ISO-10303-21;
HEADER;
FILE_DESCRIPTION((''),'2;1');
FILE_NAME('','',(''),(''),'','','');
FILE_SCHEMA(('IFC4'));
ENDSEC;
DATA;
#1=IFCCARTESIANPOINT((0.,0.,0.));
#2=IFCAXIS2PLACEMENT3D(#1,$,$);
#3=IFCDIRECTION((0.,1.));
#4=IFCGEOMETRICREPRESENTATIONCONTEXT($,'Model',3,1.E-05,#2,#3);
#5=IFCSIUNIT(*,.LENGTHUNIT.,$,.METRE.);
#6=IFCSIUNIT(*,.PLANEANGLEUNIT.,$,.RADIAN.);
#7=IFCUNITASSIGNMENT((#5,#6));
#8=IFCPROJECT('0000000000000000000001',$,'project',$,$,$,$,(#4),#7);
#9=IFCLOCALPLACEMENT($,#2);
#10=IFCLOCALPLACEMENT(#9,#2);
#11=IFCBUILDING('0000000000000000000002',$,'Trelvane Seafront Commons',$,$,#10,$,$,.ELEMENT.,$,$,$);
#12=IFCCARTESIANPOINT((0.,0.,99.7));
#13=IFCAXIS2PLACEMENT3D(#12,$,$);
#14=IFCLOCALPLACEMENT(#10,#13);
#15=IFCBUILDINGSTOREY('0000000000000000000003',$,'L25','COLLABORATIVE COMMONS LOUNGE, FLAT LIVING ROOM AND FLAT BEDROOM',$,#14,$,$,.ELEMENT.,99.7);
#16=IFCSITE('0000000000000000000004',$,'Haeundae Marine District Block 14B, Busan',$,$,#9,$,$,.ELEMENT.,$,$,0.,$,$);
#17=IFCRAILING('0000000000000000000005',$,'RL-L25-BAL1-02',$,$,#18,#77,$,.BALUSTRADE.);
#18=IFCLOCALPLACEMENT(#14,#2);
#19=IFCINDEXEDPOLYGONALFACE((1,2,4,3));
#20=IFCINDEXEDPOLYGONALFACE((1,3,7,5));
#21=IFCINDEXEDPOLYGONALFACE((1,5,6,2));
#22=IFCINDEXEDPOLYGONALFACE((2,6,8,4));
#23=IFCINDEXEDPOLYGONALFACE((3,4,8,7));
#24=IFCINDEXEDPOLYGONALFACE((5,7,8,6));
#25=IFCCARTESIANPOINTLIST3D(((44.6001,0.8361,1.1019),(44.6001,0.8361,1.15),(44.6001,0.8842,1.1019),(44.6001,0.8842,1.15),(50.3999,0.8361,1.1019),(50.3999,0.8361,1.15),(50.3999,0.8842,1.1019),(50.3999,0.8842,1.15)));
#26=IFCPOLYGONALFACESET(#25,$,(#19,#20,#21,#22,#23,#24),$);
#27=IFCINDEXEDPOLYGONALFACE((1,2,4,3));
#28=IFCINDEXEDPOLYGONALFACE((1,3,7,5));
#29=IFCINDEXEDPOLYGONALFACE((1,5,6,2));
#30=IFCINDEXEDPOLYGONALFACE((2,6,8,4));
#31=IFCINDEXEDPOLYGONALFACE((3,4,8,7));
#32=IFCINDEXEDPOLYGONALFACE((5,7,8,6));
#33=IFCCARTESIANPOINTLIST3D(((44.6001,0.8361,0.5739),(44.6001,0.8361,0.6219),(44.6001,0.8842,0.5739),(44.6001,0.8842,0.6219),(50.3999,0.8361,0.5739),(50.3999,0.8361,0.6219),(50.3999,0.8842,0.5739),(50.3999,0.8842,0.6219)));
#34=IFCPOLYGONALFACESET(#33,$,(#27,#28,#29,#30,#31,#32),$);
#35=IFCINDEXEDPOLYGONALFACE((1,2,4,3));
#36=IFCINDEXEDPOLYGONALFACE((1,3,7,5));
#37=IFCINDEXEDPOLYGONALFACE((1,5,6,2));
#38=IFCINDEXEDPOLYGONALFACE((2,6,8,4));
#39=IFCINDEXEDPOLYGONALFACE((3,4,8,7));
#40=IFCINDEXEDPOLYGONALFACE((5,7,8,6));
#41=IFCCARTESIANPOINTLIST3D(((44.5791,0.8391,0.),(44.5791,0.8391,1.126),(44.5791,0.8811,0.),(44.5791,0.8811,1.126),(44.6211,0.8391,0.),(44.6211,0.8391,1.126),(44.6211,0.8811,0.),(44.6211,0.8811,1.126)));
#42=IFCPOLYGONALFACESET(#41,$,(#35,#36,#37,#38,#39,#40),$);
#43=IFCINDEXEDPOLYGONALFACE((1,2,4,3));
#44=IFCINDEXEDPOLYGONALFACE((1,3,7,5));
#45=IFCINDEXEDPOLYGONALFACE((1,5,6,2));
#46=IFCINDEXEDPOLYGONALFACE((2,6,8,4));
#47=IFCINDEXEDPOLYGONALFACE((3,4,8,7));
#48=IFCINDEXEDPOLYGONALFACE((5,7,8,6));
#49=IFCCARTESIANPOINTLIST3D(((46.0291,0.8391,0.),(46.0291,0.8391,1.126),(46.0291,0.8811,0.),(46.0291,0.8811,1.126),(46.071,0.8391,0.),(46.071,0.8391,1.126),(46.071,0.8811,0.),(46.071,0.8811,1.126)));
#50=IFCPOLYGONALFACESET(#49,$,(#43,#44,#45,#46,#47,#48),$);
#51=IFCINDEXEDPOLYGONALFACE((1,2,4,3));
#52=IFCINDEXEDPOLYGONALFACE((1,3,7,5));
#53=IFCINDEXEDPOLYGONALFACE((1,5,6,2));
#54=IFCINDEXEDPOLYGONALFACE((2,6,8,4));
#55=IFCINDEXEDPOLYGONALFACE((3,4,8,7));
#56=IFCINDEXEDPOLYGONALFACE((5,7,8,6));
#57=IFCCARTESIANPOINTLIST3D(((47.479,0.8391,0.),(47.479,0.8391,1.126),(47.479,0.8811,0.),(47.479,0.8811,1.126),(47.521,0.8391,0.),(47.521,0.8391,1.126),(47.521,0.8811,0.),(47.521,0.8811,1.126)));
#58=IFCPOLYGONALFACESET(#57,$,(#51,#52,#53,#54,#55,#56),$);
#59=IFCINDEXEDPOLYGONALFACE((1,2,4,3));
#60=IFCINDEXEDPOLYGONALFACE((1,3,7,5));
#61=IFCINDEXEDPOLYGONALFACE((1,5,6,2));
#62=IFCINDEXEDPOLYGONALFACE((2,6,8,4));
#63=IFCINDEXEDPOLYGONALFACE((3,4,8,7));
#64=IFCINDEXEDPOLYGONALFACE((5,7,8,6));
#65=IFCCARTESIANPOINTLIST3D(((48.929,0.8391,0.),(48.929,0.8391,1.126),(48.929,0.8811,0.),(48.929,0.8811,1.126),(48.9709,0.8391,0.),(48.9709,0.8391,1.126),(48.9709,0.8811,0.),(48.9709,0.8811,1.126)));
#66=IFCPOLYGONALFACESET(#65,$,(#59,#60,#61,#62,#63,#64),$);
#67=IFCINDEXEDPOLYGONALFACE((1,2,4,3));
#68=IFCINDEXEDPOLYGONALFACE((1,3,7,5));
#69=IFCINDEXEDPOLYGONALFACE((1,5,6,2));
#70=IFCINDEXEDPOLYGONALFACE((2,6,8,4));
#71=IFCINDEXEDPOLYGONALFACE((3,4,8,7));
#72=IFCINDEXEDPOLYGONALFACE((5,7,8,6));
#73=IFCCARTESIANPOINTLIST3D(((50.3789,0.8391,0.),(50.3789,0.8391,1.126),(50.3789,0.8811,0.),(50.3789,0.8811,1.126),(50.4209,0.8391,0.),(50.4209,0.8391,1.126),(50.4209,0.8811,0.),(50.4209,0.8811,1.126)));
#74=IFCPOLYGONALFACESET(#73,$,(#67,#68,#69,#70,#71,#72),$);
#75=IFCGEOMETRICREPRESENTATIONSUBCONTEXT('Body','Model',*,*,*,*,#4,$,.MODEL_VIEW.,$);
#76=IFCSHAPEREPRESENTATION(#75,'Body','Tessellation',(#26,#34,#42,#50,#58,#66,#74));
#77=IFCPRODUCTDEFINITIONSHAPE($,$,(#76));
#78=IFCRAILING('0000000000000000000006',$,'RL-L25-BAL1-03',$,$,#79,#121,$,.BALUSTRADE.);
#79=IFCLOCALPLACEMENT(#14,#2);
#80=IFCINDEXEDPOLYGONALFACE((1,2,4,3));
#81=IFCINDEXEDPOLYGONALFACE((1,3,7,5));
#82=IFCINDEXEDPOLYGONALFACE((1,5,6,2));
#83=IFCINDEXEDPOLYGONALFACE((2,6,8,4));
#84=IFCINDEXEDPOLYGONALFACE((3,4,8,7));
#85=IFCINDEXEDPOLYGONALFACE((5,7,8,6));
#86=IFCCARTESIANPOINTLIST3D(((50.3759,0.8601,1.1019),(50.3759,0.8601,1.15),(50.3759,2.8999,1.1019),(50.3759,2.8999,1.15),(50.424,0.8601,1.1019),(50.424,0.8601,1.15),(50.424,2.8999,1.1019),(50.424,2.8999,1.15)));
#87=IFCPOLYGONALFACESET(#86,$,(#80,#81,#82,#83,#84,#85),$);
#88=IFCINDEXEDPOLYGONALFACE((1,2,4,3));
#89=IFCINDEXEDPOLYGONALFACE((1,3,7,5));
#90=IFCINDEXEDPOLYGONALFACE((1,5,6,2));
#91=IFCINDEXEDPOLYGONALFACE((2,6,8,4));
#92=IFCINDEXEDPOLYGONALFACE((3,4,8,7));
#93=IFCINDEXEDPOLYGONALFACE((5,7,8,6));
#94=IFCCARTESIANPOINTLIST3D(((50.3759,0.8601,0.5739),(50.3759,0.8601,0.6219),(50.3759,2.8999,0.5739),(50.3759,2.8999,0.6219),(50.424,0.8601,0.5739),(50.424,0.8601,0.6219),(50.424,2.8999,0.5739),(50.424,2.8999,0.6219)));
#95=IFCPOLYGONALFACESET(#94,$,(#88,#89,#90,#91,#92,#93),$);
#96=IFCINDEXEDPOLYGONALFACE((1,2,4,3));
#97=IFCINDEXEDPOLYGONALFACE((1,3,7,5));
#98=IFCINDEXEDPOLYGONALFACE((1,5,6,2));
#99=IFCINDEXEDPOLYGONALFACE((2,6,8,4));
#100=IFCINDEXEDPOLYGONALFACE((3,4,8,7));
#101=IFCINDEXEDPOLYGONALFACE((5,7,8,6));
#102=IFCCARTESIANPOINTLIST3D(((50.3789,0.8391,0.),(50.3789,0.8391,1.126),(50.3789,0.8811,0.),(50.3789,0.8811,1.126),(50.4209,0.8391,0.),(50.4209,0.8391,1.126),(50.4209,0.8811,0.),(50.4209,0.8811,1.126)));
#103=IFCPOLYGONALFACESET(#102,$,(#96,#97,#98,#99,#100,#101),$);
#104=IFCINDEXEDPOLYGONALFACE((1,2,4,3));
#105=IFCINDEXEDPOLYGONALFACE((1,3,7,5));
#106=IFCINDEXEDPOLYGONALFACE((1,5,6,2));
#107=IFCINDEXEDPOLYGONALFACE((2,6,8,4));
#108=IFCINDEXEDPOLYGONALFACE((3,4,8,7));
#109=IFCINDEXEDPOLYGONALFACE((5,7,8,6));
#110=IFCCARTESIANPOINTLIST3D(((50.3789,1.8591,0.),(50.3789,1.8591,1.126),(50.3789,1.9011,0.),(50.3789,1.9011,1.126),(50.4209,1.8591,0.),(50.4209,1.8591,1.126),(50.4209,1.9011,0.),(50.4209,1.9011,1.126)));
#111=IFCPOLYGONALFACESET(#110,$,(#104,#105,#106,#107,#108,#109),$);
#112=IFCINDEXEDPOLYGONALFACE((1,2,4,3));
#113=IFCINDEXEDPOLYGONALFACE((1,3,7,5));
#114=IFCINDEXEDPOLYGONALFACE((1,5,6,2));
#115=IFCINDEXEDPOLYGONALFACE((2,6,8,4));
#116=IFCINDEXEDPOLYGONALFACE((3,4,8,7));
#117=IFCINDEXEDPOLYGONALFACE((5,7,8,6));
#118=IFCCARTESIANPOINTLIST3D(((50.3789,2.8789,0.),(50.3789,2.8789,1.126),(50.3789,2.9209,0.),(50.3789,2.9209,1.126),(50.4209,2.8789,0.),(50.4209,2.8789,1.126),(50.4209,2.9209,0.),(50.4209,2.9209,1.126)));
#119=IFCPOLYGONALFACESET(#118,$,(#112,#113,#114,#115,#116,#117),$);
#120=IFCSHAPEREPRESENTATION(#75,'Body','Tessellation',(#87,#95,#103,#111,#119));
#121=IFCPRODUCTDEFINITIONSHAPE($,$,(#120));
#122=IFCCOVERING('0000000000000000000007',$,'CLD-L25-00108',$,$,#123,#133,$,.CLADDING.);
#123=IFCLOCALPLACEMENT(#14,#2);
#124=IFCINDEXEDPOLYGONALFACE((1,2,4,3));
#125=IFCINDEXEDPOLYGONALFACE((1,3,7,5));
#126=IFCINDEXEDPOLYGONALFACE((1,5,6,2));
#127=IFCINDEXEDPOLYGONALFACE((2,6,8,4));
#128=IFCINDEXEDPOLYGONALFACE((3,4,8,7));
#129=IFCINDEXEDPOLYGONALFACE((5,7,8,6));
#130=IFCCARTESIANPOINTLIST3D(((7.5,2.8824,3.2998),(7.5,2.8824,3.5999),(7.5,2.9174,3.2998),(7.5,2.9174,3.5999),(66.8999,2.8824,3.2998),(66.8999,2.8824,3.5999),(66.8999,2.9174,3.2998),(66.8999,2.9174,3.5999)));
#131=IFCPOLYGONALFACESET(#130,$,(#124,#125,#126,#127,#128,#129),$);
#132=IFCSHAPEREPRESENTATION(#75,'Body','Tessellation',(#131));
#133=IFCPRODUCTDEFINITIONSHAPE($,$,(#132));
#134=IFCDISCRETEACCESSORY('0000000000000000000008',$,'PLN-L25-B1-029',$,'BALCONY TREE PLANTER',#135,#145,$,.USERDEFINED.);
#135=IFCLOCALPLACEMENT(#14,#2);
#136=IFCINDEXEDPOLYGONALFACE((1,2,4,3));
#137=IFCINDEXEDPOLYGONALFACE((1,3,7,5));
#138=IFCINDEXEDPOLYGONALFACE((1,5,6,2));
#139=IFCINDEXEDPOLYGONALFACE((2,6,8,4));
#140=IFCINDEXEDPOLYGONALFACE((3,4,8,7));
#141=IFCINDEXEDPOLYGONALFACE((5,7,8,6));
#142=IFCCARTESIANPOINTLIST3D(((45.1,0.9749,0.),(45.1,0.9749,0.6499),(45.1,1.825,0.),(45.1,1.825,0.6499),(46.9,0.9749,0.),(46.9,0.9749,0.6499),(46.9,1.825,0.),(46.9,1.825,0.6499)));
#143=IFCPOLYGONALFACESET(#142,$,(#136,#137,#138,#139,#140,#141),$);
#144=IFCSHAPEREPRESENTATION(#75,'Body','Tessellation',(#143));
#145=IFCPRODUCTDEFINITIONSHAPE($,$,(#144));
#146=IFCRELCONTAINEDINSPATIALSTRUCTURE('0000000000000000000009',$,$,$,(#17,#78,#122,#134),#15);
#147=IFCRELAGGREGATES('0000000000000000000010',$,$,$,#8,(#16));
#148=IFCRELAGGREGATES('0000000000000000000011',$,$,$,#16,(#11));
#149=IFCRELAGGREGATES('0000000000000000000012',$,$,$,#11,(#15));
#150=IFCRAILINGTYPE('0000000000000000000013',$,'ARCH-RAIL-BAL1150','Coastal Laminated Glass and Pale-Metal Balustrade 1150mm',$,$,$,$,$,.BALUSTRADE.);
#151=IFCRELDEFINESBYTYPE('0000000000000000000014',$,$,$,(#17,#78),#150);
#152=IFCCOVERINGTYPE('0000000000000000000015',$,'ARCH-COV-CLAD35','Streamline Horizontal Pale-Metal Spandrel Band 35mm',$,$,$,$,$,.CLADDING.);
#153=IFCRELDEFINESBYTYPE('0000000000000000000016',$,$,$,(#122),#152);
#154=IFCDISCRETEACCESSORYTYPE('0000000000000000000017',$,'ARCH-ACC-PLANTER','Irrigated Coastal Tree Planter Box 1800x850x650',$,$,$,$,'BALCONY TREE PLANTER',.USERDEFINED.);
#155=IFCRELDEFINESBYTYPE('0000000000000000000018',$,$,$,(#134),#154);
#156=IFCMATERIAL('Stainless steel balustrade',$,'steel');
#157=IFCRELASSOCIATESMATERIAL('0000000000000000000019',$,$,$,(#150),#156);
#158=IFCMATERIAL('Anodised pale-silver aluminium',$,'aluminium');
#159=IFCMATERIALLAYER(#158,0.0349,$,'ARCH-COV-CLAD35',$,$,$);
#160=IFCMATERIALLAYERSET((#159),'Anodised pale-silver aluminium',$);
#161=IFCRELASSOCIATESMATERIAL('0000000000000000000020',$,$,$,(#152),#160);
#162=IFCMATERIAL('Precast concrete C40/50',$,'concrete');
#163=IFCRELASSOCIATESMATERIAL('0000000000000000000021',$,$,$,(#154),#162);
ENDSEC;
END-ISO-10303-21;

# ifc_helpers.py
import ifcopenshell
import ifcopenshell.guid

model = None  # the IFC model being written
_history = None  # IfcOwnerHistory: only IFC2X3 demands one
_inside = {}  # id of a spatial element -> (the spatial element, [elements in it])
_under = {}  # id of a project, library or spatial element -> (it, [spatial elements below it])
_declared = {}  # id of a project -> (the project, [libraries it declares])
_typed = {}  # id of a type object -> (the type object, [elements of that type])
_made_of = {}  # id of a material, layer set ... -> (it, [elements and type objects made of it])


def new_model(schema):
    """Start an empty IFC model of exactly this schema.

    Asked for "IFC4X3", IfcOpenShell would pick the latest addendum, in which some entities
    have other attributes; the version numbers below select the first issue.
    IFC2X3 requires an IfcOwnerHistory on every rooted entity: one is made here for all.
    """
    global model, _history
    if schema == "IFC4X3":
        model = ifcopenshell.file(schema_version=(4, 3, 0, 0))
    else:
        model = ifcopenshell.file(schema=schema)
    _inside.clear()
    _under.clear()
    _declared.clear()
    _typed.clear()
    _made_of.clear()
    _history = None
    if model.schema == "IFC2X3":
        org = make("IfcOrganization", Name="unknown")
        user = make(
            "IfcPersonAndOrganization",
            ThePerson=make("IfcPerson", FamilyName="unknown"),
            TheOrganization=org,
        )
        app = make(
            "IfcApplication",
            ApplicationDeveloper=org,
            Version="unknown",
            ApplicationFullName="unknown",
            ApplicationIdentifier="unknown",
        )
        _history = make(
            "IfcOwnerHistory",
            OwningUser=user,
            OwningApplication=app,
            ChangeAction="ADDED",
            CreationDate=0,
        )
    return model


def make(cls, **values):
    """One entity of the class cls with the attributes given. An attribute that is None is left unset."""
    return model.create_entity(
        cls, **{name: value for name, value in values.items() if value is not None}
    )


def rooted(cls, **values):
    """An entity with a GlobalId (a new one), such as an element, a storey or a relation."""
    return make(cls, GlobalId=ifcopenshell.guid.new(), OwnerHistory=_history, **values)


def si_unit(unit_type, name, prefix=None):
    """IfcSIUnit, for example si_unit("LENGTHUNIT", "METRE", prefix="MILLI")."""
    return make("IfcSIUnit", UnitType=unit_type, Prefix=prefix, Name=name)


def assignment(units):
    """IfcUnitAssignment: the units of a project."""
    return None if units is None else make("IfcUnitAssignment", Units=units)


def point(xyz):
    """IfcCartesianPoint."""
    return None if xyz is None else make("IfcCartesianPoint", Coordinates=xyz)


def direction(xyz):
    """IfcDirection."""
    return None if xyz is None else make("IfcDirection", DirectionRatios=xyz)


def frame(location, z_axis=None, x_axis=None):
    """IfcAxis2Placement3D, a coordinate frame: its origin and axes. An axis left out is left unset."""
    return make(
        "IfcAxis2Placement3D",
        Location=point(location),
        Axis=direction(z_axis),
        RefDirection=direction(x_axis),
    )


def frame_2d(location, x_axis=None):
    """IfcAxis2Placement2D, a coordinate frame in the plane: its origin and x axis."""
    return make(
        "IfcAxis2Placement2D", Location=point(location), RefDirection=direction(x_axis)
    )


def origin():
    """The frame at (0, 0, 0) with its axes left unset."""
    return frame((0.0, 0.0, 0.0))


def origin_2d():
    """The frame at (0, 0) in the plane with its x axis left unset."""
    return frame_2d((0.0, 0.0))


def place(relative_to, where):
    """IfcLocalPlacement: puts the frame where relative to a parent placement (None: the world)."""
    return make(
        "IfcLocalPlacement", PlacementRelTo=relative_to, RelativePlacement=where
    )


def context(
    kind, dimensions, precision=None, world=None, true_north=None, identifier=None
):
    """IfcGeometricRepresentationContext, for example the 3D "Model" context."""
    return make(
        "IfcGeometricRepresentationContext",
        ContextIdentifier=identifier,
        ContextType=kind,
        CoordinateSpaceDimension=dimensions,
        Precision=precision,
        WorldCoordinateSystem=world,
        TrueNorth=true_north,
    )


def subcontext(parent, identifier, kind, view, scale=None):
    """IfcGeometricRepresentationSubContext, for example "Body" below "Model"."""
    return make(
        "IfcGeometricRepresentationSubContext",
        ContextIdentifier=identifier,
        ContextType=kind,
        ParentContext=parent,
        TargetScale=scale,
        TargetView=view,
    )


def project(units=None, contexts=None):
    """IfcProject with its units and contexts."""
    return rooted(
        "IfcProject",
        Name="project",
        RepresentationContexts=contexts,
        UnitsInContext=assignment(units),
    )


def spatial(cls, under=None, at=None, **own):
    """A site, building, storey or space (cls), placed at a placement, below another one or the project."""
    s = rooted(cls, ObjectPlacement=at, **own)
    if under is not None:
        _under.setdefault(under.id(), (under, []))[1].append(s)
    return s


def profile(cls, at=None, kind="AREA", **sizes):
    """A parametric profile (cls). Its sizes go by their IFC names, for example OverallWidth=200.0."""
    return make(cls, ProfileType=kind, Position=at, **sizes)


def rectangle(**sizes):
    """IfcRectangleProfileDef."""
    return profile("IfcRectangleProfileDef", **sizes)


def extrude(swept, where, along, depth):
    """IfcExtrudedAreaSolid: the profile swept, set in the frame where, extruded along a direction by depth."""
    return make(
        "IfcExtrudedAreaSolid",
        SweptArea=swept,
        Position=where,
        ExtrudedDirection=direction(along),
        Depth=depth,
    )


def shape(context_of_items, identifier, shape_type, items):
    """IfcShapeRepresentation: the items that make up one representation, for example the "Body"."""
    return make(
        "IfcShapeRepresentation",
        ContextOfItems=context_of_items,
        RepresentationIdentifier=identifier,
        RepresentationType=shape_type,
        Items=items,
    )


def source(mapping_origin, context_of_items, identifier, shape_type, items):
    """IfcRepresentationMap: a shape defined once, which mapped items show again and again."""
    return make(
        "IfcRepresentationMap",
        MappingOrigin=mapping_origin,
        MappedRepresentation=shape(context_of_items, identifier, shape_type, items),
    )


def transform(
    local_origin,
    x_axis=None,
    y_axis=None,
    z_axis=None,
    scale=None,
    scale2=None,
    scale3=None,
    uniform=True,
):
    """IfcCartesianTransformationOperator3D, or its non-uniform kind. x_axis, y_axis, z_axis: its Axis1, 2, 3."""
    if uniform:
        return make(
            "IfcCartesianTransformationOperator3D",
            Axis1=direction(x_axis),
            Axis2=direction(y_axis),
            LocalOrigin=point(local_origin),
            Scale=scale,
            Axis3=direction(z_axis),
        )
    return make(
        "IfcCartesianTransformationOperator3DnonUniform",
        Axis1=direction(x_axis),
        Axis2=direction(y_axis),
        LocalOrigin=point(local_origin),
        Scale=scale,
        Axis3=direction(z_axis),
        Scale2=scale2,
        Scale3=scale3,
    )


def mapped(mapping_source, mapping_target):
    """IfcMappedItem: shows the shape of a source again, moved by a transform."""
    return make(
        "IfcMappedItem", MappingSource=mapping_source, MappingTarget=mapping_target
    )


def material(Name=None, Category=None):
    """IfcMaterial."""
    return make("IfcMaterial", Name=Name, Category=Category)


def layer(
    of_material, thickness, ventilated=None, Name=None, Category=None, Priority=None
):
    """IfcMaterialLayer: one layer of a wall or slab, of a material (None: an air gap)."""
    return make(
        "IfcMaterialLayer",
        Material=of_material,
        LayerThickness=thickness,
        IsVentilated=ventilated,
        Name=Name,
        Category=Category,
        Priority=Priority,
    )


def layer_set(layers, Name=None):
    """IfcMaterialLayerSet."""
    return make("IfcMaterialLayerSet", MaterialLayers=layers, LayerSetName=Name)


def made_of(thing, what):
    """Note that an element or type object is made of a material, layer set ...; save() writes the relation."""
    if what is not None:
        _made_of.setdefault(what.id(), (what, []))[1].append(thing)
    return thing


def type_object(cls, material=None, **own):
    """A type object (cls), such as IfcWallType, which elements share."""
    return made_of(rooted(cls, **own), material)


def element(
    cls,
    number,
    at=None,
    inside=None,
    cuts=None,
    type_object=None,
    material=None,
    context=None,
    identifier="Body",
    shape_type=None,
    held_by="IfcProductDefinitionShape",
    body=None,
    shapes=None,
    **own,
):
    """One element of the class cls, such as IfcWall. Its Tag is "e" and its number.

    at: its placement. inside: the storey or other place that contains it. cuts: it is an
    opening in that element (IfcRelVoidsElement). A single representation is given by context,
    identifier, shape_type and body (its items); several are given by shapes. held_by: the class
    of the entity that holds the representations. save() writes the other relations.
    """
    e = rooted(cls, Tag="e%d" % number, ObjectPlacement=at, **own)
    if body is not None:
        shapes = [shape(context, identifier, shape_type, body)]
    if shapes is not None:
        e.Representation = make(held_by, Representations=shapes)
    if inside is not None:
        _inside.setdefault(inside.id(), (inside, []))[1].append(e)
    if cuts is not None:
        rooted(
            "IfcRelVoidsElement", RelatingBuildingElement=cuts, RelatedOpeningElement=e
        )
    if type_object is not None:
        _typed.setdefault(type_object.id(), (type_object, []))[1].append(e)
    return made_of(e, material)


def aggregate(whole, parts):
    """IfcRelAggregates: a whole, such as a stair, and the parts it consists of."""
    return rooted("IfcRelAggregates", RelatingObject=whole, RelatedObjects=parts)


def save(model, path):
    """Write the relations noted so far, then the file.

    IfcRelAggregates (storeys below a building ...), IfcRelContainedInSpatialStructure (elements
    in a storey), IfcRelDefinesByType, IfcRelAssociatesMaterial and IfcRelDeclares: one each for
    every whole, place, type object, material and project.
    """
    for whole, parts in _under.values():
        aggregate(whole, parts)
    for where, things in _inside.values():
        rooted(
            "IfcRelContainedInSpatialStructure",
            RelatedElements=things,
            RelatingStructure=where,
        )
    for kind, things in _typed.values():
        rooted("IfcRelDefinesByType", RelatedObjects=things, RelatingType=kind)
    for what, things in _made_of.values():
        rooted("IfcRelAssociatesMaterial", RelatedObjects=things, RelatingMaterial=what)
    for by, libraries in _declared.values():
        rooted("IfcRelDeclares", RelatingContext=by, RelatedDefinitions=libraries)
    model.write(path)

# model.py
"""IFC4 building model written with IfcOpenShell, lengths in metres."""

from ifc_helpers import new_model, si_unit, direction, frame, origin, origin_2d, place, context, subcontext, project, spatial, rectangle, extrude, source, transform, mapped, material, layer, layer_set, type_object, element, save


model = new_model("IFC4")

# Units and contexts
model_context = context("Model", 3, precision=1e-05, world=origin(), true_north=direction((0.0, 1.0)))
body_context = subcontext(model_context, "Body", "Model", "MODEL_VIEW")
ifc_project = project(units=[si_unit("LENGTHUNIT", "METRE"), si_unit("PLANEANGLEUNIT", "RADIAN")], contexts=[model_context])

# Site, building, storey
site_placement = place(None, origin())
site = spatial("IfcSite", under=ifc_project, at=site_placement, Name="Haeundae Marine District Block 14B, Busan", CompositionType="ELEMENT", RefElevation=0.0)
building_placement = place(site_placement, origin())
building = spatial("IfcBuilding", under=site, at=building_placement, Name="Trelvane Seafront Commons", CompositionType="ELEMENT")
storey_placement = place(building_placement, frame((0.0, 0.0, 99.7)))
storey = spatial("IfcBuildingStorey", under=building, at=storey_placement, Name="L25", Description="COLLABORATIVE COMMONS LOUNGE, FLAT LIVING ROOM AND FLAT BEDROOM", CompositionType="ELEMENT", Elevation=99.7)

# Shared definitions
ifc_material_1 = material(Name="Anodised pale-silver aluminium", Category="aluminium")

# Railings
ifc_material_2 = material(Name="Stainless steel balustrade", Category="steel")
railing_type = type_object("IfcRailingType", Name="ARCH-RAIL-BAL1150", Description="Coastal Laminated Glass and Pale-Metal Balustrade 1150mm", PredefinedType="BALUSTRADE", material=ifc_material_2)
railing_1_placement = place(storey_placement, frame((44.6001, 0.8601, 0.0)))
element("IfcRailing", 1, at=railing_1_placement, inside=storey, type_object=railing_type, Name="RL-L25-BAL1-02", PredefinedType="BALUSTRADE", context=body_context, shape_type="SweptSolid", body=[
    extrude(rectangle(XDim=0.0481, YDim=0.0481, at=origin_2d()), frame((0.0, 0.0, 1.126), z_axis=(1.0, 0.0, 0.0), x_axis=(0.0, 1.0, 0.0)), (0.0, 0.0, 1.0), 5.7998),
    extrude(rectangle(XDim=0.0481, YDim=0.0481, at=origin_2d()), frame((0.0, 0.0, 0.5979), z_axis=(1.0, 0.0, 0.0), x_axis=(0.0, 1.0, 0.0)), (0.0, 0.0, 1.0), 5.7998),
    extrude(rectangle(XDim=0.042, YDim=0.042, at=origin_2d()), origin(), (0.0, 0.0, 1.0), 1.126),
    extrude(rectangle(XDim=0.042, YDim=0.042, at=origin_2d()), frame((1.45, 0.0, 0.0)), (0.0, 0.0, 1.0), 1.126),
    extrude(rectangle(XDim=0.042, YDim=0.042, at=origin_2d()), frame((2.8999, 0.0, 0.0)), (0.0, 0.0, 1.0), 1.126),
    extrude(rectangle(XDim=0.042, YDim=0.042, at=origin_2d()), frame((4.3499, 0.0, 0.0)), (0.0, 0.0, 1.0), 1.126),
    extrude(rectangle(XDim=0.042, YDim=0.042, at=origin_2d()), frame((5.7998, 0.0, 0.0)), (0.0, 0.0, 1.0), 1.126),
])
railing_2_placement = place(storey_placement, frame((50.3999, 0.8601, 0.0)))
element("IfcRailing", 2, at=railing_2_placement, inside=storey, type_object=railing_type, Name="RL-L25-BAL1-03", PredefinedType="BALUSTRADE", context=body_context, shape_type="SweptSolid", body=[
    extrude(rectangle(XDim=0.0481, YDim=0.0481, at=origin_2d()), frame((0.0, 0.0, 1.126), z_axis=(0.0, 1.0, 0.0), x_axis=(-1.0, 0.0, 0.0)), (0.0, 0.0, 1.0), 2.0398),
    extrude(rectangle(XDim=0.0481, YDim=0.0481, at=origin_2d()), frame((0.0, 0.0, 0.5979), z_axis=(0.0, 1.0, 0.0), x_axis=(-1.0, 0.0, 0.0)), (0.0, 0.0, 1.0), 2.0398),
    extrude(rectangle(XDim=0.042, YDim=0.042, at=origin_2d()), origin(), (0.0, 0.0, 1.0), 1.126),
    extrude(rectangle(XDim=0.042, YDim=0.042, at=origin_2d()), frame((0.0, 1.02, 0.0)), (0.0, 0.0, 1.0), 1.126),
    extrude(rectangle(XDim=0.042, YDim=0.042, at=origin_2d()), frame((0.0, 2.0398, 0.0)), (0.0, 0.0, 1.0), 1.126),
])

# Covering
ifc_layer_1 = layer(ifc_material_1, 0.0349, Name="ARCH-COV-CLAD35")
ifc_layer_set_1 = layer_set([ifc_layer_1], Name="Anodised pale-silver aluminium")
covering_type = type_object("IfcCoveringType", Name="ARCH-COV-CLAD35", Description="Streamline Horizontal Pale-Metal Spandrel Band 35mm", PredefinedType="CLADDING", material=ifc_layer_set_1)
shared_shape_1 = source(origin(), body_context, "Body", "SweptSolid", [
    extrude(rectangle(XDim=59.3999, YDim=0.0349, at=origin_2d()), origin(), (0.0, 0.0, 1.0), 0.3),
])
covering_placement = place(storey_placement, frame((37.2, 2.8999, 3.2998), z_axis=(0.0, 0.0, 1.0), x_axis=(-1.0, 0.0, 0.0)))
element("IfcCovering", 3, at=covering_placement, inside=storey, type_object=covering_type, Name="CLD-L25-00108", PredefinedType="CLADDING", context=body_context, shape_type="MappedRepresentation", body=[
    mapped(shared_shape_1, transform((0.0, 0.0, 0.0), x_axis=(1.0, 0.0, 0.0), y_axis=(0.0, 1.0, 0.0), z_axis=(0.0, 0.0, 1.0), scale=1.0)),
])

# Discrete accessory
ifc_material_3 = material(Name="Precast concrete C40/50", Category="concrete")
discrete_accessory_type = type_object("IfcDiscreteAccessoryType", Name="ARCH-ACC-PLANTER", Description="Irrigated Coastal Tree Planter Box 1800x850x650", ElementType="BALCONY TREE PLANTER", PredefinedType="USERDEFINED", material=ifc_material_3)
shared_shape_2 = source(origin(), body_context, "Body", "SweptSolid", [
    extrude(rectangle(XDim=1.8, YDim=0.8501, at=origin_2d()), origin(), (0.0, 0.0, 1.0), 0.6499),
])
discrete_accessory_placement = place(storey_placement, frame((46.0, 1.3999, 0.0), z_axis=(0.0, 0.0, 1.0), x_axis=(1.0, 0.0, 0.0)))
element("IfcDiscreteAccessory", 4, at=discrete_accessory_placement, inside=storey, type_object=discrete_accessory_type, Name="PLN-L25-B1-029", ObjectType="BALCONY TREE PLANTER", PredefinedType="USERDEFINED", context=body_context, shape_type="MappedRepresentation", body=[
    mapped(shared_shape_2, transform((0.0, 0.0, 0.0), x_axis=(1.0, 0.0, 0.0), y_axis=(0.0, 1.0, 0.0), z_axis=(0.0, 0.0, 1.0), scale=1.0)),
])

save(model, "model.ifc")
